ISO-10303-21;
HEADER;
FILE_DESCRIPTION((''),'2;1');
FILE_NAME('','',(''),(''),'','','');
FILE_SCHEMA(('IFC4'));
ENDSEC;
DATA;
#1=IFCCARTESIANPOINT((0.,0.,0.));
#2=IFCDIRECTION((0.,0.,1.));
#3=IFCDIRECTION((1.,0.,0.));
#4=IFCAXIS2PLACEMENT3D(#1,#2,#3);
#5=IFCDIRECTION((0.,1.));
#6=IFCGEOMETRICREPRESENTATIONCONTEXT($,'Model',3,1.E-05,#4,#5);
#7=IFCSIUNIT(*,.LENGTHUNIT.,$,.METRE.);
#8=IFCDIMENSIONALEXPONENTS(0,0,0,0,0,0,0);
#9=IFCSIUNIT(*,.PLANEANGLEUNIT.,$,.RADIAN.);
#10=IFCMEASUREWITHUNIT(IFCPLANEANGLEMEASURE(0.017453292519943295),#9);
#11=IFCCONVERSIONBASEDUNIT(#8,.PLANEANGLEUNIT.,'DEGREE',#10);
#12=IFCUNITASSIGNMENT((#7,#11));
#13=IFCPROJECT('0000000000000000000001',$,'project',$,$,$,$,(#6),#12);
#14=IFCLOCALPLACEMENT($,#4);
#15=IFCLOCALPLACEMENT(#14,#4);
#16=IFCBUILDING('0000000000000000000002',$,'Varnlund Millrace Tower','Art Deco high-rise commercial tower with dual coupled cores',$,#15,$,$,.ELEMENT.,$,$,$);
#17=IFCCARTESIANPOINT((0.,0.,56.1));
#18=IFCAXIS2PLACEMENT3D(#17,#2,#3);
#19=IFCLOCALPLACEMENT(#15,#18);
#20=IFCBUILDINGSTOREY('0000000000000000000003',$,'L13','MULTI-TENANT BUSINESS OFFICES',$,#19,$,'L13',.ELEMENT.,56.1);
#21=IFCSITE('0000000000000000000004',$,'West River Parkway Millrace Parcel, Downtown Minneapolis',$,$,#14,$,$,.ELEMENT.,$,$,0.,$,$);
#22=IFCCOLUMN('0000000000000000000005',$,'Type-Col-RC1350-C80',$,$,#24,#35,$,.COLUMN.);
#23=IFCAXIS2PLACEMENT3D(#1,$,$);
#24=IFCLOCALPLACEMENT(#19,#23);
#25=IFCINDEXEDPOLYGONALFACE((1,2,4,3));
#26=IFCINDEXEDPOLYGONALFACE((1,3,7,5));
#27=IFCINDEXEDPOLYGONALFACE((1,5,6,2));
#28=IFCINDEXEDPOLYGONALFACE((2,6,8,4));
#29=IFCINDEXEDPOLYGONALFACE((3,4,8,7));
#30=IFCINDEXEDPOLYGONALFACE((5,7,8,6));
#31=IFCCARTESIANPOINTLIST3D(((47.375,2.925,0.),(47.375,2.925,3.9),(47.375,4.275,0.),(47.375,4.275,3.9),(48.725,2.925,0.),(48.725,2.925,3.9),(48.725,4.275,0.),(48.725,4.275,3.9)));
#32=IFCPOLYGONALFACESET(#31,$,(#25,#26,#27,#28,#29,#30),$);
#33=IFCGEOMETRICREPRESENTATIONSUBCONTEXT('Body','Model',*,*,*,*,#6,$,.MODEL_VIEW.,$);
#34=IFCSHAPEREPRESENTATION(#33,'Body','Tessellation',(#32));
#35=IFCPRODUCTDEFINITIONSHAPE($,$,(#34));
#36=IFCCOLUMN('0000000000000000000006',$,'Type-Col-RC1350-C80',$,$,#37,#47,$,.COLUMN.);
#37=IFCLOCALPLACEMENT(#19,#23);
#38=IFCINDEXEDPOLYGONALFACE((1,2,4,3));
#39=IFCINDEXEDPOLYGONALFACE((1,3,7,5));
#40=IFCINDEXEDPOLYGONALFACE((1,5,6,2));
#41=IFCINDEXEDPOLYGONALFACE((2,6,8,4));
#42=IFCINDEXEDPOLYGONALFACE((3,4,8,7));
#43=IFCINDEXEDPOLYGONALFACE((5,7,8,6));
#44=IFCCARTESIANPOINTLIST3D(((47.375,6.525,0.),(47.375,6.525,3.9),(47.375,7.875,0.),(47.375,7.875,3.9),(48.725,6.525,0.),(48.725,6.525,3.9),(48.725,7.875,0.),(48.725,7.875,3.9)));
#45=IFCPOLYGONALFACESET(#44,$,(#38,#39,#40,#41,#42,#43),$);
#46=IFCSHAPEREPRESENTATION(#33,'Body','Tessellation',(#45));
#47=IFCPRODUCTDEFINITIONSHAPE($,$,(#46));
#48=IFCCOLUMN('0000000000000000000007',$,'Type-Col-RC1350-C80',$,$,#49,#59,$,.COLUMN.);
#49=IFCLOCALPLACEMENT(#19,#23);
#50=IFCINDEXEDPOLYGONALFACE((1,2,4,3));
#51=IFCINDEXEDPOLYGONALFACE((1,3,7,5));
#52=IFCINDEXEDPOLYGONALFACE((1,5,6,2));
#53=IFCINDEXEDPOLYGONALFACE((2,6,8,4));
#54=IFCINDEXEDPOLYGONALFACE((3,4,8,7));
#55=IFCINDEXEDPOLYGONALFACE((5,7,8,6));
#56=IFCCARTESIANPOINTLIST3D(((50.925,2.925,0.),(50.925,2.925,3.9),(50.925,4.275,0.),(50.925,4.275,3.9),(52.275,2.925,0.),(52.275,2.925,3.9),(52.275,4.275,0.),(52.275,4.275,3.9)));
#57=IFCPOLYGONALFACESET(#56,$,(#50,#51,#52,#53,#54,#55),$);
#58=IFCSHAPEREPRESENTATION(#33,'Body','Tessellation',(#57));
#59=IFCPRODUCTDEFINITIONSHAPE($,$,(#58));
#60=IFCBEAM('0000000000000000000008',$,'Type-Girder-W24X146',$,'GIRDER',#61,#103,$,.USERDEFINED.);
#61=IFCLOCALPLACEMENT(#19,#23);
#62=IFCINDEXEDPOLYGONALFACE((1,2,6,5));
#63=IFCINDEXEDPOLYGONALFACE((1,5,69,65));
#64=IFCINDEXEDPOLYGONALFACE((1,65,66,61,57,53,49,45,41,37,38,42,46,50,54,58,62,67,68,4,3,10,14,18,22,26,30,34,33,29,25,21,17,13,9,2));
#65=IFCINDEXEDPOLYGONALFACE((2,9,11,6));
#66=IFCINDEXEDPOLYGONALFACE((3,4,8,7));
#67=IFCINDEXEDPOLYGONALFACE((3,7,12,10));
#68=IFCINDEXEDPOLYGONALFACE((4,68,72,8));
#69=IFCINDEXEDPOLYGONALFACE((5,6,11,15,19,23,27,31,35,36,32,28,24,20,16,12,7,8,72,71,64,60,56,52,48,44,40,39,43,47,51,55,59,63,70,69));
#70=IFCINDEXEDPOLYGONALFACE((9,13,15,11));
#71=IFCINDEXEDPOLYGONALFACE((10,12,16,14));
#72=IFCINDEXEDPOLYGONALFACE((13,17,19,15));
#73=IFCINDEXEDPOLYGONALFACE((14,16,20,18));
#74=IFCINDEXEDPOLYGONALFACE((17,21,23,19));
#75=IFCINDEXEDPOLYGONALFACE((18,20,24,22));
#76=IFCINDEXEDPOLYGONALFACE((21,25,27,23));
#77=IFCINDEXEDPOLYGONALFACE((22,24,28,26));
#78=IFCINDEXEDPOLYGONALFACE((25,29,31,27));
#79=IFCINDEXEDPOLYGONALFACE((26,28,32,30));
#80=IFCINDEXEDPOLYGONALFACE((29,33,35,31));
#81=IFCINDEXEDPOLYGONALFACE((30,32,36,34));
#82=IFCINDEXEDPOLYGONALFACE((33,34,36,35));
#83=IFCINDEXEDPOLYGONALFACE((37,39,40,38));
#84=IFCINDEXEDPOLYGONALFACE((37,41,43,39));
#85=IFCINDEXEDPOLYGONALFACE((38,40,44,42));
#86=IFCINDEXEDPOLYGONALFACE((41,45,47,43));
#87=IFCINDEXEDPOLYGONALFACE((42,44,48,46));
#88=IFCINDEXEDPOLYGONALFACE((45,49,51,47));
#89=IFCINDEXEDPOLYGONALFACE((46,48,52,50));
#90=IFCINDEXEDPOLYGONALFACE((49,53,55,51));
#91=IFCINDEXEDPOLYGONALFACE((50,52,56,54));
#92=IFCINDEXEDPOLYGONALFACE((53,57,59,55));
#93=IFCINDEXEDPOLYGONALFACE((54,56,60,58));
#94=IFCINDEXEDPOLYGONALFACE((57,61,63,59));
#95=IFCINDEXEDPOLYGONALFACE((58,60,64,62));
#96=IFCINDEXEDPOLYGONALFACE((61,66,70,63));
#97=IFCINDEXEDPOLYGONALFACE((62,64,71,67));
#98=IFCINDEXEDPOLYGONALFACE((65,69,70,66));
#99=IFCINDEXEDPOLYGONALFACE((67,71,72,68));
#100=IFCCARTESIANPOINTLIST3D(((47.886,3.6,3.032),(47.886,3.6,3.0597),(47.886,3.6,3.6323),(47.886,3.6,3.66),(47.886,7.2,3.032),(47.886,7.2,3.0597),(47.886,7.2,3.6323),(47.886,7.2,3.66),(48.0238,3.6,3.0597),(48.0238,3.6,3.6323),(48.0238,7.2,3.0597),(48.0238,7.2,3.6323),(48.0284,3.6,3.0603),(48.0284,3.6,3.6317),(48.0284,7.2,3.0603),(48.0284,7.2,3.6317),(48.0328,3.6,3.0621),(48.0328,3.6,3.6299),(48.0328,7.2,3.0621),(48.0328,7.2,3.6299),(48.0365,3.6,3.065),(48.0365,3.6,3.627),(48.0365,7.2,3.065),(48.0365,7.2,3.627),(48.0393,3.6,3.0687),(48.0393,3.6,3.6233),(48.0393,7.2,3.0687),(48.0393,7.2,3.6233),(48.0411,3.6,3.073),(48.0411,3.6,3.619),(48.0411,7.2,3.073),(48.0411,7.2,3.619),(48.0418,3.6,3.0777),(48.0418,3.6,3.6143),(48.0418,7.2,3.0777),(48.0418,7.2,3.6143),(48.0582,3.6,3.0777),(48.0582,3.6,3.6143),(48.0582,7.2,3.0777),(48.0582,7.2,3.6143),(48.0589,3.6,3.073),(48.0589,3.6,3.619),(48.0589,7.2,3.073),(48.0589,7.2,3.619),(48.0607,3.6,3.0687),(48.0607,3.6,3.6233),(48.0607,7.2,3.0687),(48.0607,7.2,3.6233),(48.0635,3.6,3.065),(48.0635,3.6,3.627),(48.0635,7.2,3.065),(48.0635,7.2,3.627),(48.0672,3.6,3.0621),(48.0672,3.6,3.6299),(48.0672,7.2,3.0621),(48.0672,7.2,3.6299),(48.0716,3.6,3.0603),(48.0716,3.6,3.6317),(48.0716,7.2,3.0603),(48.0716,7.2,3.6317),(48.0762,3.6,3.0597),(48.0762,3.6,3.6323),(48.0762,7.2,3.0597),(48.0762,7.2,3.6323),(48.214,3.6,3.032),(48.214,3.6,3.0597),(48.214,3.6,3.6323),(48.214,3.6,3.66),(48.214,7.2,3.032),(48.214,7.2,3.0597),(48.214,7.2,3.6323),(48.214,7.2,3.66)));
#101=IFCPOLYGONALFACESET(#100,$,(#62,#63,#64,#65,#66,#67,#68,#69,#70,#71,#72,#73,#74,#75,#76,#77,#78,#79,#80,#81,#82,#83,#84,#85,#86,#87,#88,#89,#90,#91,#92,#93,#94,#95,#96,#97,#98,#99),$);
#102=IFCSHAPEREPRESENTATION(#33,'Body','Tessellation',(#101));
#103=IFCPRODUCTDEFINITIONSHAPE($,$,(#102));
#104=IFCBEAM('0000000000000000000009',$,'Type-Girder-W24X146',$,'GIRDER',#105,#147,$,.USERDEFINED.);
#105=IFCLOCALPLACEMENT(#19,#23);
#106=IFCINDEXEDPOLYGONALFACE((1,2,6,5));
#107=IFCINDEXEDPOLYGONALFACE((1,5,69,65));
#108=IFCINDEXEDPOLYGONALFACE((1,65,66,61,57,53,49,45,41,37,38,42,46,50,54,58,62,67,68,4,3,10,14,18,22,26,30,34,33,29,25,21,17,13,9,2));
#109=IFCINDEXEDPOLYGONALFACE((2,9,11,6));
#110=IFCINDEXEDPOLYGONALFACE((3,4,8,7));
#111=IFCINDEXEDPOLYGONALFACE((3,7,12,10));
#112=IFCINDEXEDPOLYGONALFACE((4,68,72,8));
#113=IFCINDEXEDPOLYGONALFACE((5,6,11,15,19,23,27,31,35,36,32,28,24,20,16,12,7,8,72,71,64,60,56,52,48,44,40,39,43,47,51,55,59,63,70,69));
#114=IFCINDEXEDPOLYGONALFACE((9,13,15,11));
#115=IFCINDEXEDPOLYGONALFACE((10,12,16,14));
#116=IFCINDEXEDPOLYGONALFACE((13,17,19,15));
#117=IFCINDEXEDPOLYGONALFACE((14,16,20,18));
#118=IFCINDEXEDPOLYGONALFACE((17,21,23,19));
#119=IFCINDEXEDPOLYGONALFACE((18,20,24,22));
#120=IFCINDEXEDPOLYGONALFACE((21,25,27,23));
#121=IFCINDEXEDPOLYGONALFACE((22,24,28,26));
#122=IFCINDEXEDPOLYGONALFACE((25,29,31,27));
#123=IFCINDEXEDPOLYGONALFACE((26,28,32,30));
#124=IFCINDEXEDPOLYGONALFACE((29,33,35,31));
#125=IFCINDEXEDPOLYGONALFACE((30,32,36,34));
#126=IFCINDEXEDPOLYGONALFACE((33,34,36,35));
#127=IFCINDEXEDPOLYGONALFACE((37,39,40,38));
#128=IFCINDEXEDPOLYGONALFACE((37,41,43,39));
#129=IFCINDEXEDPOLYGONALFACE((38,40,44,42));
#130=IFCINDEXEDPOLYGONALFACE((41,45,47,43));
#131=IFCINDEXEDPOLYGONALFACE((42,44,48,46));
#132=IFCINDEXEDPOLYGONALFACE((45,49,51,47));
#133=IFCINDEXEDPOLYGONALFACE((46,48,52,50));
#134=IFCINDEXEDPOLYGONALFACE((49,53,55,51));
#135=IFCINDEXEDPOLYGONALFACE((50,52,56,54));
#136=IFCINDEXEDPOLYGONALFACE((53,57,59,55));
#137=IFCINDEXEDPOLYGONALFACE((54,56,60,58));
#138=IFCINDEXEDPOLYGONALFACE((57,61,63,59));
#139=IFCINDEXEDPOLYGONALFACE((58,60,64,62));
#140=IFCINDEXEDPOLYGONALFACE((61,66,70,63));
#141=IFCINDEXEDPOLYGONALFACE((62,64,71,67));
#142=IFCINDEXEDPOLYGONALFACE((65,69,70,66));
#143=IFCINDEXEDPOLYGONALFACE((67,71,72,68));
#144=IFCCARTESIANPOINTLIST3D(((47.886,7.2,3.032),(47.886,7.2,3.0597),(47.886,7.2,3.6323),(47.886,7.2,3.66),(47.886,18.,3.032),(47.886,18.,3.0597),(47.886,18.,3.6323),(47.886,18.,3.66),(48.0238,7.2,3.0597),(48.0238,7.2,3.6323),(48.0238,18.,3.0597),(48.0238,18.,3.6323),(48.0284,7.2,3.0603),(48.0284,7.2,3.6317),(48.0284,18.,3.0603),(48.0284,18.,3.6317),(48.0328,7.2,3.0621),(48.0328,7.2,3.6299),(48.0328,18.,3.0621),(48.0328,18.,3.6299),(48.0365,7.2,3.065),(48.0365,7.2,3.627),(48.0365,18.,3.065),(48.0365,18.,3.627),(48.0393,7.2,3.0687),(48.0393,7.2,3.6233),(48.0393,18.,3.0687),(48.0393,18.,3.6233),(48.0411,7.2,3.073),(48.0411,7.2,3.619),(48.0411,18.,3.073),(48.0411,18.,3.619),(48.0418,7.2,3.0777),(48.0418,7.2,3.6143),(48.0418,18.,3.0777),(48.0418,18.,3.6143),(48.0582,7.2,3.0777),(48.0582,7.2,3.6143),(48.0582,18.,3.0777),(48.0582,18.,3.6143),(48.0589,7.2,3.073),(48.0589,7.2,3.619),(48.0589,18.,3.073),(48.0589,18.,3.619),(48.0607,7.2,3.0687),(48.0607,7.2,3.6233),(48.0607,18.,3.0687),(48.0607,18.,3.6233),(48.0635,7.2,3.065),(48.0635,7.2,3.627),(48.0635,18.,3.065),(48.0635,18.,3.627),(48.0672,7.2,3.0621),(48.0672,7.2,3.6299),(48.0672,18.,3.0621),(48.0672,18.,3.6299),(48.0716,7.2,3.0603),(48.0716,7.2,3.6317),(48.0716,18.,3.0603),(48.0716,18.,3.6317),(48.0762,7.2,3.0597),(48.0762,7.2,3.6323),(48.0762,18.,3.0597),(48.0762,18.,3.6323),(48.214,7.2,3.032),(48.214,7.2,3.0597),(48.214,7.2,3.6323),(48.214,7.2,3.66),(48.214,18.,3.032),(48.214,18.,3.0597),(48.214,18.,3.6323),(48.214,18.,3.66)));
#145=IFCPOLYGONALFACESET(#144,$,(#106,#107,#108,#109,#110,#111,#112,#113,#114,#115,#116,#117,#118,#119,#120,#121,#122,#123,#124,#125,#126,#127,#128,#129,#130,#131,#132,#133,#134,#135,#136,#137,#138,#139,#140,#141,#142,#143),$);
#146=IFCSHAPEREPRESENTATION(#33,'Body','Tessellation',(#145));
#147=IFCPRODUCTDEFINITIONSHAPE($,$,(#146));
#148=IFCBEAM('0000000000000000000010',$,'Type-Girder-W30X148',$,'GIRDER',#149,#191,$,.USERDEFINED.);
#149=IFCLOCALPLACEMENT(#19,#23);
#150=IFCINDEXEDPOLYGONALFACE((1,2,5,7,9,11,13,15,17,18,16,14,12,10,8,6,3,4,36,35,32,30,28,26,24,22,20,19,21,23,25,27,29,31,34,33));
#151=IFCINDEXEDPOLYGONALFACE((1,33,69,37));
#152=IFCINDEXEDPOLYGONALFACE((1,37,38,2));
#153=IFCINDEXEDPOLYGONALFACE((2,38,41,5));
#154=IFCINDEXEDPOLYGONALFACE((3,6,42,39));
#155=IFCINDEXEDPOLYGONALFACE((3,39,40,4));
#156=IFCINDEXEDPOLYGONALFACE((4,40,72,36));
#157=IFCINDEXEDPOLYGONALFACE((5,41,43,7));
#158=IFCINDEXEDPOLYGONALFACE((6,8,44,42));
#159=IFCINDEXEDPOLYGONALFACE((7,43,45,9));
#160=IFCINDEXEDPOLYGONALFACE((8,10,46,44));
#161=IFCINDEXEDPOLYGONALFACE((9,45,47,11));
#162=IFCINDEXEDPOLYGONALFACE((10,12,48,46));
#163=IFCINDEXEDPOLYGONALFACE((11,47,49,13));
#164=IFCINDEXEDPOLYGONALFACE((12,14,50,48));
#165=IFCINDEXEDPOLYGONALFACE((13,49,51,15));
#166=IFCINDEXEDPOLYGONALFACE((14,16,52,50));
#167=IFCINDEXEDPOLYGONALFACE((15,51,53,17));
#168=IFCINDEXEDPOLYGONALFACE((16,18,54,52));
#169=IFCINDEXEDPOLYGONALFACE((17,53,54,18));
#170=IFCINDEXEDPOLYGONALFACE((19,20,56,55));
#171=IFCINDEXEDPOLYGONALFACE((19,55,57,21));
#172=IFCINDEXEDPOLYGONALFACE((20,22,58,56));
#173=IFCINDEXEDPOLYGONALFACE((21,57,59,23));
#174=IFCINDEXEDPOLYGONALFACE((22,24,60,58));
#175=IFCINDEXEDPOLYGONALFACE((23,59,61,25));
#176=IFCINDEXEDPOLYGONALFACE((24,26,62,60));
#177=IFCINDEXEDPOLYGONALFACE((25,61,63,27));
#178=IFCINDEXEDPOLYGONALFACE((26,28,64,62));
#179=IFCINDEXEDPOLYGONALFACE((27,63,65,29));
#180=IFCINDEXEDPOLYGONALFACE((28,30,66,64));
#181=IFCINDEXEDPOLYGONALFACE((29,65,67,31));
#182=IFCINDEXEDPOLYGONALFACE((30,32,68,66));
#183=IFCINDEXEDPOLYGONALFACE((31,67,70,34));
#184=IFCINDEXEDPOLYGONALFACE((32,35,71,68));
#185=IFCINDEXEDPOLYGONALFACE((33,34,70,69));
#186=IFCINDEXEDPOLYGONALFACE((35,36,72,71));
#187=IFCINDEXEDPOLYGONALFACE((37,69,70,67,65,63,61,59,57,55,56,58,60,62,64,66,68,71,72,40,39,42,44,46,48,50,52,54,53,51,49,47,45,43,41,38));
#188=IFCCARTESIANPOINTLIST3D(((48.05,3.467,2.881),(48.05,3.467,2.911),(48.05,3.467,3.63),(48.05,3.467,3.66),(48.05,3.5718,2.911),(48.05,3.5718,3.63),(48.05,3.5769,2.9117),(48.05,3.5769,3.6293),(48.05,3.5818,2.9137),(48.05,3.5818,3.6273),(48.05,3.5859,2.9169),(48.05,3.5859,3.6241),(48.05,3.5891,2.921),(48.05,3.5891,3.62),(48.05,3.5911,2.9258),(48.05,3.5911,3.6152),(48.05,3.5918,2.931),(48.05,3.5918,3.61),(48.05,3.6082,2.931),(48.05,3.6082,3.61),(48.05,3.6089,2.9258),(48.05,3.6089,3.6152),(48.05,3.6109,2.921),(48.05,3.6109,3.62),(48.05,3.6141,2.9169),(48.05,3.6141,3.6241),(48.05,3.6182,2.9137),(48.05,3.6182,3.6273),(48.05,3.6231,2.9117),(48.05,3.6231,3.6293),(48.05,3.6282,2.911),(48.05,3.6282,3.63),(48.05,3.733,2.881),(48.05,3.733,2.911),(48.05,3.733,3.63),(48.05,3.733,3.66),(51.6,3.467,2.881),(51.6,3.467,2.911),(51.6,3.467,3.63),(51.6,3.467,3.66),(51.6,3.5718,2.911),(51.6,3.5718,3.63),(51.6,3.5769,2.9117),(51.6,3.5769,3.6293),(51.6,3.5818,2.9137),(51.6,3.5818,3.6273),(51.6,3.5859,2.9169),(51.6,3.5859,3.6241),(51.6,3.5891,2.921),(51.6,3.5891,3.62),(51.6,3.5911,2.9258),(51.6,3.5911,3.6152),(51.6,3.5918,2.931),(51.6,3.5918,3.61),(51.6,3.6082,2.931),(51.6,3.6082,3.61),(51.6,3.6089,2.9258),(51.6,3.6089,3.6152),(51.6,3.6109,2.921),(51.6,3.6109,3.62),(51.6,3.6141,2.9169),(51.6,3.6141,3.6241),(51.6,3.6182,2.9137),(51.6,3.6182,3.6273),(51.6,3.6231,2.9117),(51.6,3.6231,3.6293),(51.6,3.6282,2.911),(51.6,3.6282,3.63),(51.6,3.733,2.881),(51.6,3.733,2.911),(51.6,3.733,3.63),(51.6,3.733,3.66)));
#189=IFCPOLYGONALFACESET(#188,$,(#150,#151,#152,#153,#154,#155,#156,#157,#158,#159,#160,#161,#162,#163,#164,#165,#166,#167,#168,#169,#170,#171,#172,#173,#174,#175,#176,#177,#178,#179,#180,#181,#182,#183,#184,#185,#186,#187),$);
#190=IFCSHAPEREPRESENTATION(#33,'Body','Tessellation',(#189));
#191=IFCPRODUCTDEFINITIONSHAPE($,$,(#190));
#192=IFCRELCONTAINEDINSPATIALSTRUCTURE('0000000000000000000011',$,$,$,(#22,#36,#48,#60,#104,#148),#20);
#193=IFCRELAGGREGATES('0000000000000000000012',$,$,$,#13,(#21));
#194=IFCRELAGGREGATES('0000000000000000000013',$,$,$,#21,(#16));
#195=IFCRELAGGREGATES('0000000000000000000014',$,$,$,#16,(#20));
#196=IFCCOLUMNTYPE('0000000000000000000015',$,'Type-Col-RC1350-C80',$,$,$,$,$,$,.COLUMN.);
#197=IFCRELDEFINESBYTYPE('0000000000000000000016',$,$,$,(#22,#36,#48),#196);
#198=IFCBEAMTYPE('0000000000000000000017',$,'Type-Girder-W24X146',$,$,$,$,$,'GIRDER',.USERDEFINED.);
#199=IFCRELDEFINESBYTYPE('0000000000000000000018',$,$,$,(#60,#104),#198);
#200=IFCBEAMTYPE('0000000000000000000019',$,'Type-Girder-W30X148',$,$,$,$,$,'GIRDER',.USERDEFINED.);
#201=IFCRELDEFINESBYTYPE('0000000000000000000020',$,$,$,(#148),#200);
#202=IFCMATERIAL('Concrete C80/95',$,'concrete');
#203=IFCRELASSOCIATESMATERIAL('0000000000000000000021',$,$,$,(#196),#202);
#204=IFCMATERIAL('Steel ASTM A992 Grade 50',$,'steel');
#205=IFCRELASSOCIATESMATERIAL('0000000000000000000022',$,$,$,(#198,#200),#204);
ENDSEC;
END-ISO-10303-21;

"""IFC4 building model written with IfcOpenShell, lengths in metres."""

from ifc_helpers import new_model, entity, si_unit, converted_unit, direction, frame, origin_with_axes, origin_2d_with_axis, place, context, subcontext, project, spatial, rectangle, i_section, extrude, material, material_profile, profile_set, type_object, element, save


model = new_model("IFC4")

# Units and contexts
model_context = context("Model", 3, precision=1e-05, world=origin_with_axes(), true_north=direction((0.0, 1.0)))
body_context = subcontext(model_context, "Body", "Model", "MODEL_VIEW")
ifc_project = project(units=[si_unit("LENGTHUNIT", "METRE"), converted_unit("PLANEANGLEUNIT", "DEGREE", entity("IfcPlaneAngleMeasure", 0.017453292519943295), si_unit("PLANEANGLEUNIT", "RADIAN"), dimensions=[0, 0, 0, 0, 0, 0, 0])], contexts=[model_context])

# Site, building, storey
site_placement = place(None, origin_with_axes())
site = spatial("IfcSite", under=ifc_project, at=site_placement, Name="West River Parkway Millrace Parcel, Downtown Minneapolis", CompositionType="ELEMENT", RefElevation=0.0)
building_placement = place(site_placement, origin_with_axes())
building = spatial("IfcBuilding", under=site, at=building_placement, Name="Varnlund Millrace Tower", Description="Art Deco high-rise commercial tower with dual coupled cores", CompositionType="ELEMENT")
storey_placement = place(building_placement, frame((0.0, 0.0, 56.1), z_axis=(0.0, 0.0, 1.0), x_axis=(1.0, 0.0, 0.0)))
storey = spatial("IfcBuildingStorey", under=building, at=storey_placement, Name="L13", Description="MULTI-TENANT BUSINESS OFFICES", LongName="L13", CompositionType="ELEMENT", Elevation=56.1)

# Columns
ifc_material_1 = material(Name="Concrete C80/95", Category="concrete")
ifc_material_profile_1 = material_profile(ifc_material_1, rectangle(XDim=1.35, YDim=1.35, at=origin_2d_with_axis()), Name="Concrete C80/95")
ifc_profile_set_1 = profile_set([ifc_material_profile_1], Name="Concrete C80/95")
column_type = type_object("IfcColumnType", Name="Type-Col-RC1350-C80", PredefinedType="COLUMN", material=ifc_profile_set_1)
for number, where, z_axis, x_axis, name in (
    (1, (48.05, 3.6, 0.0), (0.0, 0.0, 1.0), (1.0, 0.0, 0.0), "Type-Col-RC1350-C80"),
    (2, (48.05, 7.2, 0.0), (0.0, 0.0, 1.0), (1.0, 0.0, 0.0), "Type-Col-RC1350-C80"),
    (3, (51.6, 3.6, 0.0), (0.0, 0.0, 1.0), (1.0, 0.0, 0.0), "Type-Col-RC1350-C80"),
):
    element("IfcColumn", number, at=place(storey_placement, frame(where, z_axis=z_axis, x_axis=x_axis)), inside=storey, type_object=column_type, Name=name, PredefinedType="COLUMN", context=body_context, shape_type="SweptSolid", body=[
        extrude(rectangle(XDim=1.35, YDim=1.35, at=origin_2d_with_axis()), origin_with_axes(), (0.0, 0.0, 1.0), 3.9),
    ])

# Beams
ifc_material_2 = material(Name="Steel ASTM A992 Grade 50", Category="steel")
ifc_material_profile_2 = material_profile(ifc_material_2, i_section(OverallWidth=0.328, OverallDepth=0.628, WebThickness=0.0165, FlangeThickness=0.0277, FilletRadius=0.018, at=origin_2d_with_axis()), Name="Steel ASTM A992 Grade 50")
ifc_profile_set_2 = profile_set([ifc_material_profile_2], Name="Steel ASTM A992 Grade 50")
beam_type_1 = type_object("IfcBeamType", Name="Type-Girder-W24X146", ElementType="GIRDER", PredefinedType="USERDEFINED", material=ifc_profile_set_2)
beam_1_placement = place(storey_placement, frame((48.05, 3.6, 3.346), z_axis=(0.0, 1.0, 0.0), x_axis=(-1.0, 0.0, 0.0)))
element("IfcBeam", 4, at=beam_1_placement, inside=storey, type_object=beam_type_1, Name="Type-Girder-W24X146", ObjectType="GIRDER", PredefinedType="USERDEFINED", context=body_context, shape_type="SweptSolid", body=[
    extrude(i_section(OverallWidth=0.328, OverallDepth=0.628, WebThickness=0.0165, FlangeThickness=0.0277, FilletRadius=0.018, at=origin_2d_with_axis()), origin_with_axes(), (0.0, 0.0, 1.0), 3.6),
])
beam_2_placement = place(storey_placement, frame((48.05, 7.2, 3.346), z_axis=(0.0, 1.0, 0.0), x_axis=(-1.0, 0.0, 0.0)))
element("IfcBeam", 5, at=beam_2_placement, inside=storey, type_object=beam_type_1, Name="Type-Girder-W24X146", ObjectType="GIRDER", PredefinedType="USERDEFINED", context=body_context, shape_type="SweptSolid", body=[
    extrude(i_section(OverallWidth=0.328, OverallDepth=0.628, WebThickness=0.0165, FlangeThickness=0.0277, FilletRadius=0.018, at=origin_2d_with_axis()), origin_with_axes(), (0.0, 0.0, 1.0), 10.8),
])
ifc_material_profile_3 = material_profile(ifc_material_2, i_section(OverallWidth=0.266, OverallDepth=0.779, WebThickness=0.0165, FlangeThickness=0.03, FilletRadius=0.02, at=origin_2d_with_axis()), Name="Steel ASTM A992 Grade 50")
ifc_profile_set_3 = profile_set([ifc_material_profile_3], Name="Steel ASTM A992 Grade 50")
beam_type_2 = type_object("IfcBeamType", Name="Type-Girder-W30X148", ElementType="GIRDER", PredefinedType="USERDEFINED", material=ifc_profile_set_3)
for number, where, z_axis, x_axis, name in (
    (6, (48.05, 3.6, 3.2705), (1.0, 0.0, 0.0), (0.0, 1.0, 0.0), "Type-Girder-W30X148"),
):
    element("IfcBeam", number, at=place(storey_placement, frame(where, z_axis=z_axis, x_axis=x_axis)), inside=storey, type_object=beam_type_2, Name=name, ObjectType="GIRDER", PredefinedType="USERDEFINED", context=body_context, shape_type="SweptSolid", body=[
        extrude(i_section(OverallWidth=0.266, OverallDepth=0.779, WebThickness=0.0165, FlangeThickness=0.03, FilletRadius=0.02, at=origin_2d_with_axis()), origin_with_axes(), (0.0, 0.0, 1.0), 3.55),
    ])

save(model, "model.ifc")
